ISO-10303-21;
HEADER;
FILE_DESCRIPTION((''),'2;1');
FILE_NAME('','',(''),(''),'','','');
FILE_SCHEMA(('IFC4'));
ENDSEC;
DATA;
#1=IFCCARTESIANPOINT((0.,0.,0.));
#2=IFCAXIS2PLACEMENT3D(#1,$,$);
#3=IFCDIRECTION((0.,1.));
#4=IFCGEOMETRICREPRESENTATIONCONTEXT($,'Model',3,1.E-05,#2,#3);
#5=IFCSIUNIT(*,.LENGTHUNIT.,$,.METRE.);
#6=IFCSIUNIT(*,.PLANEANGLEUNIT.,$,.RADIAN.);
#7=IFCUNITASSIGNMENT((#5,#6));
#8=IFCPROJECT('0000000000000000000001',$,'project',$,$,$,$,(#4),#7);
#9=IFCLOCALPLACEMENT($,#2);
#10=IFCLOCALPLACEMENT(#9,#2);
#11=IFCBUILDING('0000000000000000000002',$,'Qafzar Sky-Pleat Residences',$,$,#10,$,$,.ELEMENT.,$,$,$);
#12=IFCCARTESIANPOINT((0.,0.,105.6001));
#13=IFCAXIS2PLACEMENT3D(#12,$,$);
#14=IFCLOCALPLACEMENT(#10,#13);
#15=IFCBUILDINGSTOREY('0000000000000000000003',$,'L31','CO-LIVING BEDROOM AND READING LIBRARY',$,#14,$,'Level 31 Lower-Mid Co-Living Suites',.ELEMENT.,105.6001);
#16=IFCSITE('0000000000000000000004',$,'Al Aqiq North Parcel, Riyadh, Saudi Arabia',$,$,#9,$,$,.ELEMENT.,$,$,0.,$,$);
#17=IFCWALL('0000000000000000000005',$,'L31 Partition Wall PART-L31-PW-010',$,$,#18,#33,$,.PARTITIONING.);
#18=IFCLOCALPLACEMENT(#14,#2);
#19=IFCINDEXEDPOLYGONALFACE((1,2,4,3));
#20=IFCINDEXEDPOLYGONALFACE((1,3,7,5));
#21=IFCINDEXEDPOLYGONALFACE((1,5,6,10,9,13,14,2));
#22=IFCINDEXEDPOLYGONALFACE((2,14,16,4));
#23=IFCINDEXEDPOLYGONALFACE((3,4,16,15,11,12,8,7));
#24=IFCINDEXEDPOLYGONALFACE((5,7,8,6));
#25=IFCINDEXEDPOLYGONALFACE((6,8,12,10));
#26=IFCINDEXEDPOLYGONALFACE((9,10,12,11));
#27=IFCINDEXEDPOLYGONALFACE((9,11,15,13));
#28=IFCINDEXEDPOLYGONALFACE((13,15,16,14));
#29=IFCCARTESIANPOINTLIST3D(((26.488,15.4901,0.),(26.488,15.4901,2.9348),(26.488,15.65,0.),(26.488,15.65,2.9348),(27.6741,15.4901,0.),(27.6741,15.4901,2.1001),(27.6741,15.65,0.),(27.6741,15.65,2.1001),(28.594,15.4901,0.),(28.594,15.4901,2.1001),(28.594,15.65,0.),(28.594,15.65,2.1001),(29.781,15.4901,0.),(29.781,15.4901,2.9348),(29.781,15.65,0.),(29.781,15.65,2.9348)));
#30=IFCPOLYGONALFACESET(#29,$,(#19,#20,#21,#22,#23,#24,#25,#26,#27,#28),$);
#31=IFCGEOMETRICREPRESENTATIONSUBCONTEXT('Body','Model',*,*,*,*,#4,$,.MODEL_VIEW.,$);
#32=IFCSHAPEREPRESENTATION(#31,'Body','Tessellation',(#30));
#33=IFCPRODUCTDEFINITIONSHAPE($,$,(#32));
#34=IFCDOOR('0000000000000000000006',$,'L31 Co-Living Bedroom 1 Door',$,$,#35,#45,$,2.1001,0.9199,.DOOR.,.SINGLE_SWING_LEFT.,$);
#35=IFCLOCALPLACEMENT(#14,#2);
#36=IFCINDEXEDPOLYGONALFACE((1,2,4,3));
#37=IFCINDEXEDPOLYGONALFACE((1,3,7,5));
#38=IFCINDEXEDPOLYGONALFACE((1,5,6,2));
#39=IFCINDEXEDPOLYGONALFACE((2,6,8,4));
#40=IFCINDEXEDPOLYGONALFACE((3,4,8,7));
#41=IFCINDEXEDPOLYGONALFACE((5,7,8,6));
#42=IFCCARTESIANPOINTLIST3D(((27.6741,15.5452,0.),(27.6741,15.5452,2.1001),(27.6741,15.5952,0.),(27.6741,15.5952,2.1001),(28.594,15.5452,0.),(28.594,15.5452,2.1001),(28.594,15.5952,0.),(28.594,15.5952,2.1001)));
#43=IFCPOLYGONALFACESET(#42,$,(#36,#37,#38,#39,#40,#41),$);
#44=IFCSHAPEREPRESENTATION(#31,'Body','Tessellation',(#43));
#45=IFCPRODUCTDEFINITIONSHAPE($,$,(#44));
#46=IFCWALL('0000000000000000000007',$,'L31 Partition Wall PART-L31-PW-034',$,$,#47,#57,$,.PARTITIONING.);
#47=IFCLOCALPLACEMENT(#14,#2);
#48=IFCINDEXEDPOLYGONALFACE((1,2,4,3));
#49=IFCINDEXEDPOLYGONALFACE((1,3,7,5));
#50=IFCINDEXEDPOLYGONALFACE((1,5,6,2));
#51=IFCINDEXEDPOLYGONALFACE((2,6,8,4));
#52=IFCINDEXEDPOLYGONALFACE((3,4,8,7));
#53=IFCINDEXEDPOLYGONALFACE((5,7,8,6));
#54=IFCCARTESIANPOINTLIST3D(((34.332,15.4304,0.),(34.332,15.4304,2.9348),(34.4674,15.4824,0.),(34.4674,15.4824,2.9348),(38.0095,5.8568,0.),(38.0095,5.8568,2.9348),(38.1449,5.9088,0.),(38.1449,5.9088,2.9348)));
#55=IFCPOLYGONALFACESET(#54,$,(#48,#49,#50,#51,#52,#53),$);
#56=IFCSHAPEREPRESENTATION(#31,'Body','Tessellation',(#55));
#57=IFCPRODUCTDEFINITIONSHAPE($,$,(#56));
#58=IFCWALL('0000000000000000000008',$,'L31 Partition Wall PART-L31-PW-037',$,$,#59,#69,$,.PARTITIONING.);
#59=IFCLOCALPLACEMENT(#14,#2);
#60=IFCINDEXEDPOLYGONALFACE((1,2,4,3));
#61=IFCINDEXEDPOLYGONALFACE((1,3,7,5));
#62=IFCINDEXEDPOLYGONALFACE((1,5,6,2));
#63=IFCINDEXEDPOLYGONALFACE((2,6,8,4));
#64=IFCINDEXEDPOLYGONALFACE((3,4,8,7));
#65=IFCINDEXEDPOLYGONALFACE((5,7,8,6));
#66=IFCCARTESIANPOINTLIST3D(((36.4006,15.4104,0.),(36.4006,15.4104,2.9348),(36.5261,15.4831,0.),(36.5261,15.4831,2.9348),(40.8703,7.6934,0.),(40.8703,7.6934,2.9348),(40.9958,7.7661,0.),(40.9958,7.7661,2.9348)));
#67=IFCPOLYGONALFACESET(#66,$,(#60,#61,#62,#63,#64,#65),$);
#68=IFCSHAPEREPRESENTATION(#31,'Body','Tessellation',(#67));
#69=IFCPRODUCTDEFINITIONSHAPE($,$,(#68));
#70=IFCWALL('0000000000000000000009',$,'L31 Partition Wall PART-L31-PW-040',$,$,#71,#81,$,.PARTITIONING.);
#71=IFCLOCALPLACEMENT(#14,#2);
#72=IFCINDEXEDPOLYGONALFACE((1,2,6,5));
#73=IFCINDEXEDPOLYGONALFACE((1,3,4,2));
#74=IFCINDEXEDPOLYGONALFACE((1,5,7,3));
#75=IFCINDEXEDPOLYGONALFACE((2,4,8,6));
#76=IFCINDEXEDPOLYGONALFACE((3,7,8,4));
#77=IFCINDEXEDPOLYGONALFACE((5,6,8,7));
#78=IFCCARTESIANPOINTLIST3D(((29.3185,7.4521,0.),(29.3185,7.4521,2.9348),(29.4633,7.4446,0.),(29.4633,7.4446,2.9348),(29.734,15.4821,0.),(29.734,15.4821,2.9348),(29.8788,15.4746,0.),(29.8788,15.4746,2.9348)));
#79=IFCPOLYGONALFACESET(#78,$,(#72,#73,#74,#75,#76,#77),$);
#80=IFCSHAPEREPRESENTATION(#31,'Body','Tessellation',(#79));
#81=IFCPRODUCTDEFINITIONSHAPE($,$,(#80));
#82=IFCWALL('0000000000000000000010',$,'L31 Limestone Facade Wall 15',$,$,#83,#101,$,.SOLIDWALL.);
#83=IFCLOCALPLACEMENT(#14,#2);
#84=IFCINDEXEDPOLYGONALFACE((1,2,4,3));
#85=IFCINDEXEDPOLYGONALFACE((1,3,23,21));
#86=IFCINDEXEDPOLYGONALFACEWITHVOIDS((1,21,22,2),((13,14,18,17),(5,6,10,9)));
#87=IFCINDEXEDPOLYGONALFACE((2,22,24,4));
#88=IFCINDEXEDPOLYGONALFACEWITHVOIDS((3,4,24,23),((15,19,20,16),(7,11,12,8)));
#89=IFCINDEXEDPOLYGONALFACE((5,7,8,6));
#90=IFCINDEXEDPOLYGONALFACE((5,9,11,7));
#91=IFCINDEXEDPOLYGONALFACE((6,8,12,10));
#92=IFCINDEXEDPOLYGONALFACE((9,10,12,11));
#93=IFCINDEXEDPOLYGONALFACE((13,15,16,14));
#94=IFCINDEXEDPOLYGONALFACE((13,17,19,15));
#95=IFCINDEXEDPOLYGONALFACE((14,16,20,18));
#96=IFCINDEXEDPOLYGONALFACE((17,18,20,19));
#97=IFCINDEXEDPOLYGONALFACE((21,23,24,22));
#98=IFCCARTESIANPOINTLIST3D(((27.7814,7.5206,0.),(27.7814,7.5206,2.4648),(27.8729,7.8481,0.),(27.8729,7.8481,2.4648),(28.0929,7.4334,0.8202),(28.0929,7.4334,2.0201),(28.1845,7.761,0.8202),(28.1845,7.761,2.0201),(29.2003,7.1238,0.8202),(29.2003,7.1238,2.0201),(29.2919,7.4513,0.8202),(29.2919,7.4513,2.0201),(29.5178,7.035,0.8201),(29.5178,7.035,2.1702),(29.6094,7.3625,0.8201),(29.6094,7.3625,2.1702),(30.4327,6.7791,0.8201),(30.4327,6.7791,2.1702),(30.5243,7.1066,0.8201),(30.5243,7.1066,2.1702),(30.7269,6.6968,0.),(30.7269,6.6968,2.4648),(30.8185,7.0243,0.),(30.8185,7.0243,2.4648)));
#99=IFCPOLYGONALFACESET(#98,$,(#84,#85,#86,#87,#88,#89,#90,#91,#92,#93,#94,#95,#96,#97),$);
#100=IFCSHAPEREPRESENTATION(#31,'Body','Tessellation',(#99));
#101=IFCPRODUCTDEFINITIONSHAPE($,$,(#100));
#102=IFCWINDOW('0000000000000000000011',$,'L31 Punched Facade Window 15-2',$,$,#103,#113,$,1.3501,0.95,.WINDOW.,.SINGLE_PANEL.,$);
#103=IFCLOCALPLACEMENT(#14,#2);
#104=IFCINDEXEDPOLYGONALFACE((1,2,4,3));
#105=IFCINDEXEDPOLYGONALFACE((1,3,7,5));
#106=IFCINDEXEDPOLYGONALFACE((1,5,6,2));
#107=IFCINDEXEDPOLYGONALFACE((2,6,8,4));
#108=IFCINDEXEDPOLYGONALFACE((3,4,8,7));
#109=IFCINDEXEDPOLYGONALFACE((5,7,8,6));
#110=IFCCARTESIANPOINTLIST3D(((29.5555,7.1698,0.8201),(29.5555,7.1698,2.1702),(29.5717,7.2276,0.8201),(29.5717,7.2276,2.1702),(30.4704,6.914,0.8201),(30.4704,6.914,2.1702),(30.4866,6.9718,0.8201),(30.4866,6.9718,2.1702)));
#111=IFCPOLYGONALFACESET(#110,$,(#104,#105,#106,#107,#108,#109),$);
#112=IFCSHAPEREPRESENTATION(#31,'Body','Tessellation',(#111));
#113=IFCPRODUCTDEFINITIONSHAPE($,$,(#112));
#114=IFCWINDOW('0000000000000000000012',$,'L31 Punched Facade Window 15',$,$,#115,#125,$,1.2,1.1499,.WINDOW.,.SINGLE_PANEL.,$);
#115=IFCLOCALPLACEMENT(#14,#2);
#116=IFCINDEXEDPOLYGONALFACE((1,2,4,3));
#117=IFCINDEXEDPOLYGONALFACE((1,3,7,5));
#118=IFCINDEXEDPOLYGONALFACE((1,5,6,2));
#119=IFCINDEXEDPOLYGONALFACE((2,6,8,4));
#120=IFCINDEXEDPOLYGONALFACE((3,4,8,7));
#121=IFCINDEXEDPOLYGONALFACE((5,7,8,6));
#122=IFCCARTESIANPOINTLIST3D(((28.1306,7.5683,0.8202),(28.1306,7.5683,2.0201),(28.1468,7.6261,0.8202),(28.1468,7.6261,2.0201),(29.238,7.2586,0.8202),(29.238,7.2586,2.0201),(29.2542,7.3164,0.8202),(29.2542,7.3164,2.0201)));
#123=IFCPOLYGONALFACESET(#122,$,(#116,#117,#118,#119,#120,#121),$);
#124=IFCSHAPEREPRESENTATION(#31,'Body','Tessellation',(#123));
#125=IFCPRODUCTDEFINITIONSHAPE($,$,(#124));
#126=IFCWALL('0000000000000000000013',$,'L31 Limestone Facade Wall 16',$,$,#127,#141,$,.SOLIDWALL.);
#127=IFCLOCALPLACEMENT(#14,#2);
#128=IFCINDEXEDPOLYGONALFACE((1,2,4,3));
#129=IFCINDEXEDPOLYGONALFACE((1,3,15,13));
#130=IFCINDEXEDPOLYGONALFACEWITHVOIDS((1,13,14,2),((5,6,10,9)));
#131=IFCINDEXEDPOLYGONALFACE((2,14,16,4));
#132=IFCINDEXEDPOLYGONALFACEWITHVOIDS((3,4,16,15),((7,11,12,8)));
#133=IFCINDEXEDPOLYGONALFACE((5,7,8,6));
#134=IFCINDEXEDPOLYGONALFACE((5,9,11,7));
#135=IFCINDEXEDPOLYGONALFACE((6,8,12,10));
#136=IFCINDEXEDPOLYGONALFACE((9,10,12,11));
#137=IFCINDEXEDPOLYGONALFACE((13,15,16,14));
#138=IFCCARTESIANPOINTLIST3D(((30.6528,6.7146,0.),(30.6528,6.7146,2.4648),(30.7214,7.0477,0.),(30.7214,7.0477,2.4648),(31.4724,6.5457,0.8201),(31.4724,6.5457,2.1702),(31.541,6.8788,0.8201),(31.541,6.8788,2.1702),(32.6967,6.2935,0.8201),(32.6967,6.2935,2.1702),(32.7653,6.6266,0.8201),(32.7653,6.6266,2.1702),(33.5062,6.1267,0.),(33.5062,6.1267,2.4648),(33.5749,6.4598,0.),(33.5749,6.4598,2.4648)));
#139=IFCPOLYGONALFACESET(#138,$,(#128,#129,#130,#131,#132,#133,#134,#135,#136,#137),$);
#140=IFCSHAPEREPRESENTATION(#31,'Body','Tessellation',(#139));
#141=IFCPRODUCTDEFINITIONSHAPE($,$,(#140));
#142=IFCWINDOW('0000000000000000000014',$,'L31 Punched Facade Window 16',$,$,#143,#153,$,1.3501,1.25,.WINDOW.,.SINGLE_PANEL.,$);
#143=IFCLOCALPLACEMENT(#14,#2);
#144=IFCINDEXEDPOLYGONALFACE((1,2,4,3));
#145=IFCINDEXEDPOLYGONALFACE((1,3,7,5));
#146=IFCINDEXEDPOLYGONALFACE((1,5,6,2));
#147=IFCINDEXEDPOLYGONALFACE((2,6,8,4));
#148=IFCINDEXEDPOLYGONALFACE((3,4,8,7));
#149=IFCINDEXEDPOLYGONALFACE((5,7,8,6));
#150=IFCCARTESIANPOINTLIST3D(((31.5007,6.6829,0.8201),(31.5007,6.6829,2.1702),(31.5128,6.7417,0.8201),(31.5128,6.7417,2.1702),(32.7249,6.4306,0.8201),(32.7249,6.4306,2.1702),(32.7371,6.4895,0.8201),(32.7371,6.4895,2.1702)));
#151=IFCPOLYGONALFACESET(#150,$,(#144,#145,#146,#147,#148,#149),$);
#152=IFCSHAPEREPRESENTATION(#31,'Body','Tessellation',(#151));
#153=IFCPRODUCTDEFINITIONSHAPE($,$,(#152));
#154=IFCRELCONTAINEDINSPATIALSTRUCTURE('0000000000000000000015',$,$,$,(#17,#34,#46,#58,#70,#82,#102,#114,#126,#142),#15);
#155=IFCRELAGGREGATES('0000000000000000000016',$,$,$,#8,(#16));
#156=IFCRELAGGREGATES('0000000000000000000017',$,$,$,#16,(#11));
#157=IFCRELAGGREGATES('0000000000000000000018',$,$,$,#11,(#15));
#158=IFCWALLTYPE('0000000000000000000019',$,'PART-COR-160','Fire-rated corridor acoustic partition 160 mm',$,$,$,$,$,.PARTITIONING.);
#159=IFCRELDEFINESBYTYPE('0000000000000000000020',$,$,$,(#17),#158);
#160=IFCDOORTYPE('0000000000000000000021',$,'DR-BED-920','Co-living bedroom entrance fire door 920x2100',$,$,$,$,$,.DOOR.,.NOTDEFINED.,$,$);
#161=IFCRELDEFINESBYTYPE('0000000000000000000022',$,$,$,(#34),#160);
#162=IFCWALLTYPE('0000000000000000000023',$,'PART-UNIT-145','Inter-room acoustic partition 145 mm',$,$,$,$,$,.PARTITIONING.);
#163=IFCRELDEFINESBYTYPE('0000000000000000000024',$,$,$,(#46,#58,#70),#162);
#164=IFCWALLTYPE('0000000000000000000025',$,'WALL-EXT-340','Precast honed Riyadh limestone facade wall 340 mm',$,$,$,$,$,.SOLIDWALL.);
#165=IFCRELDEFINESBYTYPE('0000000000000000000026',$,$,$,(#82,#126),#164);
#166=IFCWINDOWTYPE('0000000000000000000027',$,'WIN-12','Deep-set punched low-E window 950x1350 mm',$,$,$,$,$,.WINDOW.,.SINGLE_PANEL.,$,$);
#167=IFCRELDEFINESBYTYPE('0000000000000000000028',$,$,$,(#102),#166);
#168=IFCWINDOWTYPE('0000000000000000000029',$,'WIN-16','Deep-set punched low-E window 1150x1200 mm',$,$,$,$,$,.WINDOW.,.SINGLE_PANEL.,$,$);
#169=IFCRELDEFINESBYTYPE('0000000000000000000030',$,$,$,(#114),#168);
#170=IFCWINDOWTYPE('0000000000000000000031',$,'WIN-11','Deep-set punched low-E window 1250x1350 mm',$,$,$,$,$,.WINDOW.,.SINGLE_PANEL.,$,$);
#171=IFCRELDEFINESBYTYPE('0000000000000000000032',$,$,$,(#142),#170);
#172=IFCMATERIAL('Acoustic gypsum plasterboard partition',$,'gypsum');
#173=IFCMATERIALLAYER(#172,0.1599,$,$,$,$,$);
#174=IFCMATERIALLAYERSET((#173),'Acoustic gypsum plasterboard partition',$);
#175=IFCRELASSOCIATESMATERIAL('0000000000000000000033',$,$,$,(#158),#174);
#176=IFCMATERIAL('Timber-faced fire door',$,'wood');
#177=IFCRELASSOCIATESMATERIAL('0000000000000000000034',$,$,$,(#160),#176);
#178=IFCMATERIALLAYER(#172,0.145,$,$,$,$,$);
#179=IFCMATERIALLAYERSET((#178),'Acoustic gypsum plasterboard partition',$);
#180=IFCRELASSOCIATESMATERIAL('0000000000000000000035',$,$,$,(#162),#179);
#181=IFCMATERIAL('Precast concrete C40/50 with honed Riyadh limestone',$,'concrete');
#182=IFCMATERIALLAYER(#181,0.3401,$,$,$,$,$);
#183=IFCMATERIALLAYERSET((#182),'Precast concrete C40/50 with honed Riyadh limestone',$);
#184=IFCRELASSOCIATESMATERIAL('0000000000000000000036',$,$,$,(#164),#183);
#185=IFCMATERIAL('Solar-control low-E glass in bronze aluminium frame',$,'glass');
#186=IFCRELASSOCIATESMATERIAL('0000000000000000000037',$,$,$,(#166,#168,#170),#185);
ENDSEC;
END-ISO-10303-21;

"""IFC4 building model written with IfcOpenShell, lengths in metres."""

from ifc_helpers import new_model, si_unit, direction, frame, frame_2d, origin, place, context, subcontext, project, spatial, rectangle, extrude, source, transform, mapped, material, layer, layer_set, type_object, element, fill, save


model = new_model("IFC4")

# Units and contexts
model_context = context("Model", 3, precision=1e-05, world=origin(), true_north=direction((0.0, 1.0)))
body_context = subcontext(model_context, "Body", "Model", "MODEL_VIEW")
ifc_project = project(units=[si_unit("LENGTHUNIT", "METRE"), si_unit("PLANEANGLEUNIT", "RADIAN")], contexts=[model_context])

# Site, building, storey
site_placement = place(None, origin())
site = spatial("IfcSite", under=ifc_project, at=site_placement, Name="Al Aqiq North Parcel, Riyadh, Saudi Arabia", CompositionType="ELEMENT", RefElevation=0.0)
building_placement = place(site_placement, origin())
building = spatial("IfcBuilding", under=site, at=building_placement, Name="Qafzar Sky-Pleat Residences", CompositionType="ELEMENT")
storey_placement = place(building_placement, frame((0.0, 0.0, 105.6001)))
storey = spatial("IfcBuildingStorey", under=building, at=storey_placement, Name="L31", Description="CO-LIVING BEDROOM AND READING LIBRARY", LongName="Level 31 Lower-Mid Co-Living Suites", CompositionType="ELEMENT", Elevation=105.6001)

# Wall, opening, door
ifc_material_1 = material(Name="Acoustic gypsum plasterboard partition", Category="gypsum")
ifc_layer_1 = layer(ifc_material_1, 0.1599)
ifc_layer_set_1 = layer_set([ifc_layer_1], Name="Acoustic gypsum plasterboard partition")
wall_type_1 = type_object("IfcWallType", Name="PART-COR-160", Description="Fire-rated corridor acoustic partition 160 mm", PredefinedType="PARTITIONING", material=ifc_layer_set_1)
wall_1_placement = place(storey_placement, frame((29.781, 15.5701, 0.0), z_axis=(0.0, 0.0, 1.0), x_axis=(-1.0, 0.0, 0.0)))
wall_1 = element("IfcWall", 1, at=wall_1_placement, inside=storey, type_object=wall_type_1, Name="L31 Partition Wall PART-L31-PW-010", PredefinedType="PARTITIONING", context=body_context, shape_type="SweptSolid", body=[
    extrude(rectangle(XDim=3.293, YDim=0.1599, at=frame_2d((1.6465, 0.0))), origin(), (0.0, 0.0, 1.0), 2.9348),
])
opening_1_placement = place(wall_1_placement, frame((1.187, 0.0, 0.0)))
opening_1 = element("IfcOpeningElement", 2, at=opening_1_placement, cuts=wall_1, PredefinedType="OPENING", context=body_context, shape_type="SweptSolid", body=[
    extrude(rectangle(XDim=0.9199, YDim=2.1001, at=frame_2d((0.46, 1.05))), frame((0.0, 0.0898, 0.0), z_axis=(0.0, -1.0, 0.0), x_axis=(1.0, 0.0, 0.0)), (0.0, 0.0, 1.0), 0.1799),
])
ifc_material_2 = material(Name="Timber-faced fire door", Category="wood")
door_type = type_object("IfcDoorType", Name="DR-BED-920", Description="Co-living bedroom entrance fire door 920x2100", OperationType="NOTDEFINED", PredefinedType="DOOR", material=ifc_material_2)
shared_shape_1 = source(origin(), body_context, "Body", "SweptSolid", [
    extrude(rectangle(XDim=0.9199, YDim=2.1001, at=frame_2d((0.46, 1.05))), frame((0.0, 0.0249, 0.0), z_axis=(0.0, -1.0, 0.0), x_axis=(1.0, 0.0, 0.0)), (0.0, 0.0, 1.0), 0.05),
])
door_placement = place(opening_1_placement, origin())
door = element("IfcDoor", 3, at=door_placement, inside=storey, type_object=door_type, Name="L31 Co-Living Bedroom 1 Door", OperationType="SINGLE_SWING_LEFT", OverallHeight=2.1001, OverallWidth=0.9199, PredefinedType="DOOR", context=body_context, shape_type="MappedRepresentation", body=[
    mapped(shared_shape_1, transform((0.0, 0.0, 0.0), x_axis=(1.0, 0.0, 0.0), y_axis=(0.0, 1.0, 0.0), z_axis=(0.0, 0.0, 1.0), scale=1.0)),
])
fill(opening_1, door)

# Walls
ifc_layer_2 = layer(ifc_material_1, 0.145)
ifc_layer_set_2 = layer_set([ifc_layer_2], Name="Acoustic gypsum plasterboard partition")
wall_type_2 = type_object("IfcWallType", Name="PART-UNIT-145", Description="Inter-room acoustic partition 145 mm", PredefinedType="PARTITIONING", material=ifc_layer_set_2)
wall_2_placement = place(storey_placement, frame((34.3997, 15.4565, 0.0), z_axis=(0.0, 0.0, 1.0), x_axis=(0.358587, -0.933496, 0.0)))
element("IfcWall", 4, at=wall_2_placement, inside=storey, type_object=wall_type_2, Name="L31 Partition Wall PART-L31-PW-034", PredefinedType="PARTITIONING", context=body_context, shape_type="SweptSolid", body=[
    extrude(rectangle(XDim=10.2556, YDim=0.145, at=frame_2d((5.1279, 0.0))), origin(), (0.0, 0.0, 1.0), 2.9348),
])
wall_3_placement = place(storey_placement, frame((36.4634, 15.4468, 0.0), z_axis=(0.0, 0.0, 1.0), x_axis=(0.501201, -0.865331, 0.0)))
element("IfcWall", 5, at=wall_3_placement, inside=storey, type_object=wall_type_2, Name="L31 Partition Wall PART-L31-PW-037", PredefinedType="PARTITIONING", context=body_context, shape_type="SweptSolid", body=[
    extrude(rectangle(XDim=8.918, YDim=0.145, at=frame_2d((4.459, 0.0))), origin(), (0.0, 0.0, 1.0), 2.9348),
])
wall_4_placement = place(storey_placement, frame((29.3909, 7.4482, 0.0), z_axis=(0.0, 0.0, 1.0), x_axis=(0.051678, 0.998664, 0.0)))
element("IfcWall", 6, at=wall_4_placement, inside=storey, type_object=wall_type_2, Name="L31 Partition Wall PART-L31-PW-040", PredefinedType="PARTITIONING", context=body_context, shape_type="SweptSolid", body=[
    extrude(rectangle(XDim=8.0408, YDim=0.145, at=frame_2d((4.0205, 0.0))), origin(), (0.0, 0.0, 1.0), 2.9348),
])

# Wall, openings, windows
ifc_material_3 = material(Name="Precast concrete C40/50 with honed Riyadh limestone", Category="concrete")
ifc_layer_3 = layer(ifc_material_3, 0.3401)
ifc_layer_set_3 = layer_set([ifc_layer_3], Name="Precast concrete C40/50 with honed Riyadh limestone")
wall_type_3 = type_object("IfcWallType", Name="WALL-EXT-340", Description="Precast honed Riyadh limestone facade wall 340 mm", PredefinedType="SOLIDWALL", material=ifc_layer_set_3)
wall_5_placement = place(storey_placement, frame((27.8271, 7.6843, 0.0), z_axis=(0.0, 0.0, 1.0), x_axis=(0.963051, -0.269319, 0.0)))
wall_5 = element("IfcWall", 7, at=wall_5_placement, inside=storey, type_object=wall_type_3, Name="L31 Limestone Facade Wall 15", PredefinedType="SOLIDWALL", context=body_context, shape_type="SweptSolid", body=[
    extrude(rectangle(XDim=3.0586, YDim=0.3401, at=frame_2d((1.5293, 0.0))), origin(), (0.0, 0.0, 1.0), 2.4648),
])
opening_2_placement = place(wall_5_placement, frame((0.3235, 0.0, 0.8201)))
opening_2 = element("IfcOpeningElement", 8, at=opening_2_placement, cuts=wall_5, PredefinedType="OPENING", context=body_context, shape_type="SweptSolid", body=[
    extrude(rectangle(XDim=1.1499, YDim=1.2, at=frame_2d((0.575, 0.6001))), frame((0.0, 0.1802, 0.0), z_axis=(0.0, -1.0, 0.0), x_axis=(1.0, 0.0, 0.0)), (0.0, 0.0, 1.0), 0.3601),
])
opening_3_placement = place(wall_5_placement, frame((1.803, 0.0, 0.8201)))
opening_3 = element("IfcOpeningElement", 9, at=opening_3_placement, cuts=wall_5, PredefinedType="OPENING", context=body_context, shape_type="SweptSolid", body=[
    extrude(rectangle(XDim=0.95, YDim=1.3501, at=frame_2d((0.4751, 0.675))), frame((0.0, 0.1802, 0.0), z_axis=(0.0, -1.0, 0.0), x_axis=(1.0, 0.0, 0.0)), (0.0, 0.0, 1.0), 0.3601),
])
ifc_material_4 = material(Name="Solar-control low-E glass in bronze aluminium frame", Category="glass")
window_type_1 = type_object("IfcWindowType", Name="WIN-12", Description="Deep-set punched low-E window 950x1350 mm", PartitioningType="SINGLE_PANEL", PredefinedType="WINDOW", material=ifc_material_4)
shared_shape_2 = source(origin(), body_context, "Body", "SweptSolid", [
    extrude(rectangle(XDim=0.95, YDim=1.3501, at=frame_2d((0.4751, 0.675))), frame((0.0, 0.03, 0.0), z_axis=(0.0, -1.0, 0.0), x_axis=(1.0, 0.0, 0.0)), (0.0, 0.0, 1.0), 0.0601),
])
window_1_placement = place(opening_3_placement, origin())
window_1 = element("IfcWindow", 10, at=window_1_placement, inside=storey, type_object=window_type_1, Name="L31 Punched Facade Window 15-2", OverallHeight=1.3501, OverallWidth=0.95, PartitioningType="SINGLE_PANEL", PredefinedType="WINDOW", context=body_context, shape_type="MappedRepresentation", body=[
    mapped(shared_shape_2, transform((0.0, 0.0, 0.0), x_axis=(1.0, 0.0, 0.0), y_axis=(0.0, 1.0, 0.0), z_axis=(0.0, 0.0, 1.0), scale=1.0)),
])
fill(opening_3, window_1)
window_type_2 = type_object("IfcWindowType", Name="WIN-16", Description="Deep-set punched low-E window 1150x1200 mm", PartitioningType="SINGLE_PANEL", PredefinedType="WINDOW", material=ifc_material_4)
shared_shape_3 = source(origin(), body_context, "Body", "SweptSolid", [
    extrude(rectangle(XDim=1.1499, YDim=1.2, at=frame_2d((0.575, 0.6001))), frame((0.0, 0.03, 0.0), z_axis=(0.0, -1.0, 0.0), x_axis=(1.0, 0.0, 0.0)), (0.0, 0.0, 1.0), 0.0601),
])
window_2_placement = place(opening_2_placement, origin())
window_2 = element("IfcWindow", 11, at=window_2_placement, inside=storey, type_object=window_type_2, Name="L31 Punched Facade Window 15", OverallHeight=1.2, OverallWidth=1.1499, PartitioningType="SINGLE_PANEL", PredefinedType="WINDOW", context=body_context, shape_type="MappedRepresentation", body=[
    mapped(shared_shape_3, transform((0.0, 0.0, 0.0), x_axis=(1.0, 0.0, 0.0), y_axis=(0.0, 1.0, 0.0), z_axis=(0.0, 0.0, 1.0), scale=1.0)),
])
fill(opening_2, window_2)

# Wall, opening, window
wall_6_placement = place(storey_placement, frame((30.6873, 6.8811, 0.0), z_axis=(0.0, 0.0, 1.0), x_axis=(0.97943, -0.201785, 0.0)))
wall_6 = element("IfcWall", 12, at=wall_6_placement, inside=storey, type_object=wall_type_3, Name="L31 Limestone Facade Wall 16", PredefinedType="SOLIDWALL", context=body_context, shape_type="SweptSolid", body=[
    extrude(rectangle(XDim=2.9133, YDim=0.3401, at=frame_2d((1.4565, 0.0))), origin(), (0.0, 0.0, 1.0), 2.4648),
])
opening_4_placement = place(wall_6_placement, frame((0.8367, 0.0, 0.8201)))
opening_4 = element("IfcOpeningElement", 13, at=opening_4_placement, cuts=wall_6, PredefinedType="OPENING", context=body_context, shape_type="SweptSolid", body=[
    extrude(rectangle(XDim=1.25, YDim=1.3501, at=frame_2d((0.625, 0.675))), frame((0.0, 0.1802, 0.0), z_axis=(0.0, -1.0, 0.0), x_axis=(1.0, 0.0, 0.0)), (0.0, 0.0, 1.0), 0.3601),
])
window_type_3 = type_object("IfcWindowType", Name="WIN-11", Description="Deep-set punched low-E window 1250x1350 mm", PartitioningType="SINGLE_PANEL", PredefinedType="WINDOW", material=ifc_material_4)
shared_shape_4 = source(origin(), body_context, "Body", "SweptSolid", [
    extrude(rectangle(XDim=1.25, YDim=1.3501, at=frame_2d((0.625, 0.675))), frame((0.0, 0.03, 0.0), z_axis=(0.0, -1.0, 0.0), x_axis=(1.0, 0.0, 0.0)), (0.0, 0.0, 1.0), 0.0601),
])
window_3_placement = place(opening_4_placement, origin())
window_3 = element("IfcWindow", 14, at=window_3_placement, inside=storey, type_object=window_type_3, Name="L31 Punched Facade Window 16", OverallHeight=1.3501, OverallWidth=1.25, PartitioningType="SINGLE_PANEL", PredefinedType="WINDOW", context=body_context, shape_type="MappedRepresentation", body=[
    mapped(shared_shape_4, transform((0.0, 0.0, 0.0), x_axis=(1.0, 0.0, 0.0), y_axis=(0.0, 1.0, 0.0), z_axis=(0.0, 0.0, 1.0), scale=1.0)),
])
fill(opening_4, window_3)

save(model, "model.ifc")
